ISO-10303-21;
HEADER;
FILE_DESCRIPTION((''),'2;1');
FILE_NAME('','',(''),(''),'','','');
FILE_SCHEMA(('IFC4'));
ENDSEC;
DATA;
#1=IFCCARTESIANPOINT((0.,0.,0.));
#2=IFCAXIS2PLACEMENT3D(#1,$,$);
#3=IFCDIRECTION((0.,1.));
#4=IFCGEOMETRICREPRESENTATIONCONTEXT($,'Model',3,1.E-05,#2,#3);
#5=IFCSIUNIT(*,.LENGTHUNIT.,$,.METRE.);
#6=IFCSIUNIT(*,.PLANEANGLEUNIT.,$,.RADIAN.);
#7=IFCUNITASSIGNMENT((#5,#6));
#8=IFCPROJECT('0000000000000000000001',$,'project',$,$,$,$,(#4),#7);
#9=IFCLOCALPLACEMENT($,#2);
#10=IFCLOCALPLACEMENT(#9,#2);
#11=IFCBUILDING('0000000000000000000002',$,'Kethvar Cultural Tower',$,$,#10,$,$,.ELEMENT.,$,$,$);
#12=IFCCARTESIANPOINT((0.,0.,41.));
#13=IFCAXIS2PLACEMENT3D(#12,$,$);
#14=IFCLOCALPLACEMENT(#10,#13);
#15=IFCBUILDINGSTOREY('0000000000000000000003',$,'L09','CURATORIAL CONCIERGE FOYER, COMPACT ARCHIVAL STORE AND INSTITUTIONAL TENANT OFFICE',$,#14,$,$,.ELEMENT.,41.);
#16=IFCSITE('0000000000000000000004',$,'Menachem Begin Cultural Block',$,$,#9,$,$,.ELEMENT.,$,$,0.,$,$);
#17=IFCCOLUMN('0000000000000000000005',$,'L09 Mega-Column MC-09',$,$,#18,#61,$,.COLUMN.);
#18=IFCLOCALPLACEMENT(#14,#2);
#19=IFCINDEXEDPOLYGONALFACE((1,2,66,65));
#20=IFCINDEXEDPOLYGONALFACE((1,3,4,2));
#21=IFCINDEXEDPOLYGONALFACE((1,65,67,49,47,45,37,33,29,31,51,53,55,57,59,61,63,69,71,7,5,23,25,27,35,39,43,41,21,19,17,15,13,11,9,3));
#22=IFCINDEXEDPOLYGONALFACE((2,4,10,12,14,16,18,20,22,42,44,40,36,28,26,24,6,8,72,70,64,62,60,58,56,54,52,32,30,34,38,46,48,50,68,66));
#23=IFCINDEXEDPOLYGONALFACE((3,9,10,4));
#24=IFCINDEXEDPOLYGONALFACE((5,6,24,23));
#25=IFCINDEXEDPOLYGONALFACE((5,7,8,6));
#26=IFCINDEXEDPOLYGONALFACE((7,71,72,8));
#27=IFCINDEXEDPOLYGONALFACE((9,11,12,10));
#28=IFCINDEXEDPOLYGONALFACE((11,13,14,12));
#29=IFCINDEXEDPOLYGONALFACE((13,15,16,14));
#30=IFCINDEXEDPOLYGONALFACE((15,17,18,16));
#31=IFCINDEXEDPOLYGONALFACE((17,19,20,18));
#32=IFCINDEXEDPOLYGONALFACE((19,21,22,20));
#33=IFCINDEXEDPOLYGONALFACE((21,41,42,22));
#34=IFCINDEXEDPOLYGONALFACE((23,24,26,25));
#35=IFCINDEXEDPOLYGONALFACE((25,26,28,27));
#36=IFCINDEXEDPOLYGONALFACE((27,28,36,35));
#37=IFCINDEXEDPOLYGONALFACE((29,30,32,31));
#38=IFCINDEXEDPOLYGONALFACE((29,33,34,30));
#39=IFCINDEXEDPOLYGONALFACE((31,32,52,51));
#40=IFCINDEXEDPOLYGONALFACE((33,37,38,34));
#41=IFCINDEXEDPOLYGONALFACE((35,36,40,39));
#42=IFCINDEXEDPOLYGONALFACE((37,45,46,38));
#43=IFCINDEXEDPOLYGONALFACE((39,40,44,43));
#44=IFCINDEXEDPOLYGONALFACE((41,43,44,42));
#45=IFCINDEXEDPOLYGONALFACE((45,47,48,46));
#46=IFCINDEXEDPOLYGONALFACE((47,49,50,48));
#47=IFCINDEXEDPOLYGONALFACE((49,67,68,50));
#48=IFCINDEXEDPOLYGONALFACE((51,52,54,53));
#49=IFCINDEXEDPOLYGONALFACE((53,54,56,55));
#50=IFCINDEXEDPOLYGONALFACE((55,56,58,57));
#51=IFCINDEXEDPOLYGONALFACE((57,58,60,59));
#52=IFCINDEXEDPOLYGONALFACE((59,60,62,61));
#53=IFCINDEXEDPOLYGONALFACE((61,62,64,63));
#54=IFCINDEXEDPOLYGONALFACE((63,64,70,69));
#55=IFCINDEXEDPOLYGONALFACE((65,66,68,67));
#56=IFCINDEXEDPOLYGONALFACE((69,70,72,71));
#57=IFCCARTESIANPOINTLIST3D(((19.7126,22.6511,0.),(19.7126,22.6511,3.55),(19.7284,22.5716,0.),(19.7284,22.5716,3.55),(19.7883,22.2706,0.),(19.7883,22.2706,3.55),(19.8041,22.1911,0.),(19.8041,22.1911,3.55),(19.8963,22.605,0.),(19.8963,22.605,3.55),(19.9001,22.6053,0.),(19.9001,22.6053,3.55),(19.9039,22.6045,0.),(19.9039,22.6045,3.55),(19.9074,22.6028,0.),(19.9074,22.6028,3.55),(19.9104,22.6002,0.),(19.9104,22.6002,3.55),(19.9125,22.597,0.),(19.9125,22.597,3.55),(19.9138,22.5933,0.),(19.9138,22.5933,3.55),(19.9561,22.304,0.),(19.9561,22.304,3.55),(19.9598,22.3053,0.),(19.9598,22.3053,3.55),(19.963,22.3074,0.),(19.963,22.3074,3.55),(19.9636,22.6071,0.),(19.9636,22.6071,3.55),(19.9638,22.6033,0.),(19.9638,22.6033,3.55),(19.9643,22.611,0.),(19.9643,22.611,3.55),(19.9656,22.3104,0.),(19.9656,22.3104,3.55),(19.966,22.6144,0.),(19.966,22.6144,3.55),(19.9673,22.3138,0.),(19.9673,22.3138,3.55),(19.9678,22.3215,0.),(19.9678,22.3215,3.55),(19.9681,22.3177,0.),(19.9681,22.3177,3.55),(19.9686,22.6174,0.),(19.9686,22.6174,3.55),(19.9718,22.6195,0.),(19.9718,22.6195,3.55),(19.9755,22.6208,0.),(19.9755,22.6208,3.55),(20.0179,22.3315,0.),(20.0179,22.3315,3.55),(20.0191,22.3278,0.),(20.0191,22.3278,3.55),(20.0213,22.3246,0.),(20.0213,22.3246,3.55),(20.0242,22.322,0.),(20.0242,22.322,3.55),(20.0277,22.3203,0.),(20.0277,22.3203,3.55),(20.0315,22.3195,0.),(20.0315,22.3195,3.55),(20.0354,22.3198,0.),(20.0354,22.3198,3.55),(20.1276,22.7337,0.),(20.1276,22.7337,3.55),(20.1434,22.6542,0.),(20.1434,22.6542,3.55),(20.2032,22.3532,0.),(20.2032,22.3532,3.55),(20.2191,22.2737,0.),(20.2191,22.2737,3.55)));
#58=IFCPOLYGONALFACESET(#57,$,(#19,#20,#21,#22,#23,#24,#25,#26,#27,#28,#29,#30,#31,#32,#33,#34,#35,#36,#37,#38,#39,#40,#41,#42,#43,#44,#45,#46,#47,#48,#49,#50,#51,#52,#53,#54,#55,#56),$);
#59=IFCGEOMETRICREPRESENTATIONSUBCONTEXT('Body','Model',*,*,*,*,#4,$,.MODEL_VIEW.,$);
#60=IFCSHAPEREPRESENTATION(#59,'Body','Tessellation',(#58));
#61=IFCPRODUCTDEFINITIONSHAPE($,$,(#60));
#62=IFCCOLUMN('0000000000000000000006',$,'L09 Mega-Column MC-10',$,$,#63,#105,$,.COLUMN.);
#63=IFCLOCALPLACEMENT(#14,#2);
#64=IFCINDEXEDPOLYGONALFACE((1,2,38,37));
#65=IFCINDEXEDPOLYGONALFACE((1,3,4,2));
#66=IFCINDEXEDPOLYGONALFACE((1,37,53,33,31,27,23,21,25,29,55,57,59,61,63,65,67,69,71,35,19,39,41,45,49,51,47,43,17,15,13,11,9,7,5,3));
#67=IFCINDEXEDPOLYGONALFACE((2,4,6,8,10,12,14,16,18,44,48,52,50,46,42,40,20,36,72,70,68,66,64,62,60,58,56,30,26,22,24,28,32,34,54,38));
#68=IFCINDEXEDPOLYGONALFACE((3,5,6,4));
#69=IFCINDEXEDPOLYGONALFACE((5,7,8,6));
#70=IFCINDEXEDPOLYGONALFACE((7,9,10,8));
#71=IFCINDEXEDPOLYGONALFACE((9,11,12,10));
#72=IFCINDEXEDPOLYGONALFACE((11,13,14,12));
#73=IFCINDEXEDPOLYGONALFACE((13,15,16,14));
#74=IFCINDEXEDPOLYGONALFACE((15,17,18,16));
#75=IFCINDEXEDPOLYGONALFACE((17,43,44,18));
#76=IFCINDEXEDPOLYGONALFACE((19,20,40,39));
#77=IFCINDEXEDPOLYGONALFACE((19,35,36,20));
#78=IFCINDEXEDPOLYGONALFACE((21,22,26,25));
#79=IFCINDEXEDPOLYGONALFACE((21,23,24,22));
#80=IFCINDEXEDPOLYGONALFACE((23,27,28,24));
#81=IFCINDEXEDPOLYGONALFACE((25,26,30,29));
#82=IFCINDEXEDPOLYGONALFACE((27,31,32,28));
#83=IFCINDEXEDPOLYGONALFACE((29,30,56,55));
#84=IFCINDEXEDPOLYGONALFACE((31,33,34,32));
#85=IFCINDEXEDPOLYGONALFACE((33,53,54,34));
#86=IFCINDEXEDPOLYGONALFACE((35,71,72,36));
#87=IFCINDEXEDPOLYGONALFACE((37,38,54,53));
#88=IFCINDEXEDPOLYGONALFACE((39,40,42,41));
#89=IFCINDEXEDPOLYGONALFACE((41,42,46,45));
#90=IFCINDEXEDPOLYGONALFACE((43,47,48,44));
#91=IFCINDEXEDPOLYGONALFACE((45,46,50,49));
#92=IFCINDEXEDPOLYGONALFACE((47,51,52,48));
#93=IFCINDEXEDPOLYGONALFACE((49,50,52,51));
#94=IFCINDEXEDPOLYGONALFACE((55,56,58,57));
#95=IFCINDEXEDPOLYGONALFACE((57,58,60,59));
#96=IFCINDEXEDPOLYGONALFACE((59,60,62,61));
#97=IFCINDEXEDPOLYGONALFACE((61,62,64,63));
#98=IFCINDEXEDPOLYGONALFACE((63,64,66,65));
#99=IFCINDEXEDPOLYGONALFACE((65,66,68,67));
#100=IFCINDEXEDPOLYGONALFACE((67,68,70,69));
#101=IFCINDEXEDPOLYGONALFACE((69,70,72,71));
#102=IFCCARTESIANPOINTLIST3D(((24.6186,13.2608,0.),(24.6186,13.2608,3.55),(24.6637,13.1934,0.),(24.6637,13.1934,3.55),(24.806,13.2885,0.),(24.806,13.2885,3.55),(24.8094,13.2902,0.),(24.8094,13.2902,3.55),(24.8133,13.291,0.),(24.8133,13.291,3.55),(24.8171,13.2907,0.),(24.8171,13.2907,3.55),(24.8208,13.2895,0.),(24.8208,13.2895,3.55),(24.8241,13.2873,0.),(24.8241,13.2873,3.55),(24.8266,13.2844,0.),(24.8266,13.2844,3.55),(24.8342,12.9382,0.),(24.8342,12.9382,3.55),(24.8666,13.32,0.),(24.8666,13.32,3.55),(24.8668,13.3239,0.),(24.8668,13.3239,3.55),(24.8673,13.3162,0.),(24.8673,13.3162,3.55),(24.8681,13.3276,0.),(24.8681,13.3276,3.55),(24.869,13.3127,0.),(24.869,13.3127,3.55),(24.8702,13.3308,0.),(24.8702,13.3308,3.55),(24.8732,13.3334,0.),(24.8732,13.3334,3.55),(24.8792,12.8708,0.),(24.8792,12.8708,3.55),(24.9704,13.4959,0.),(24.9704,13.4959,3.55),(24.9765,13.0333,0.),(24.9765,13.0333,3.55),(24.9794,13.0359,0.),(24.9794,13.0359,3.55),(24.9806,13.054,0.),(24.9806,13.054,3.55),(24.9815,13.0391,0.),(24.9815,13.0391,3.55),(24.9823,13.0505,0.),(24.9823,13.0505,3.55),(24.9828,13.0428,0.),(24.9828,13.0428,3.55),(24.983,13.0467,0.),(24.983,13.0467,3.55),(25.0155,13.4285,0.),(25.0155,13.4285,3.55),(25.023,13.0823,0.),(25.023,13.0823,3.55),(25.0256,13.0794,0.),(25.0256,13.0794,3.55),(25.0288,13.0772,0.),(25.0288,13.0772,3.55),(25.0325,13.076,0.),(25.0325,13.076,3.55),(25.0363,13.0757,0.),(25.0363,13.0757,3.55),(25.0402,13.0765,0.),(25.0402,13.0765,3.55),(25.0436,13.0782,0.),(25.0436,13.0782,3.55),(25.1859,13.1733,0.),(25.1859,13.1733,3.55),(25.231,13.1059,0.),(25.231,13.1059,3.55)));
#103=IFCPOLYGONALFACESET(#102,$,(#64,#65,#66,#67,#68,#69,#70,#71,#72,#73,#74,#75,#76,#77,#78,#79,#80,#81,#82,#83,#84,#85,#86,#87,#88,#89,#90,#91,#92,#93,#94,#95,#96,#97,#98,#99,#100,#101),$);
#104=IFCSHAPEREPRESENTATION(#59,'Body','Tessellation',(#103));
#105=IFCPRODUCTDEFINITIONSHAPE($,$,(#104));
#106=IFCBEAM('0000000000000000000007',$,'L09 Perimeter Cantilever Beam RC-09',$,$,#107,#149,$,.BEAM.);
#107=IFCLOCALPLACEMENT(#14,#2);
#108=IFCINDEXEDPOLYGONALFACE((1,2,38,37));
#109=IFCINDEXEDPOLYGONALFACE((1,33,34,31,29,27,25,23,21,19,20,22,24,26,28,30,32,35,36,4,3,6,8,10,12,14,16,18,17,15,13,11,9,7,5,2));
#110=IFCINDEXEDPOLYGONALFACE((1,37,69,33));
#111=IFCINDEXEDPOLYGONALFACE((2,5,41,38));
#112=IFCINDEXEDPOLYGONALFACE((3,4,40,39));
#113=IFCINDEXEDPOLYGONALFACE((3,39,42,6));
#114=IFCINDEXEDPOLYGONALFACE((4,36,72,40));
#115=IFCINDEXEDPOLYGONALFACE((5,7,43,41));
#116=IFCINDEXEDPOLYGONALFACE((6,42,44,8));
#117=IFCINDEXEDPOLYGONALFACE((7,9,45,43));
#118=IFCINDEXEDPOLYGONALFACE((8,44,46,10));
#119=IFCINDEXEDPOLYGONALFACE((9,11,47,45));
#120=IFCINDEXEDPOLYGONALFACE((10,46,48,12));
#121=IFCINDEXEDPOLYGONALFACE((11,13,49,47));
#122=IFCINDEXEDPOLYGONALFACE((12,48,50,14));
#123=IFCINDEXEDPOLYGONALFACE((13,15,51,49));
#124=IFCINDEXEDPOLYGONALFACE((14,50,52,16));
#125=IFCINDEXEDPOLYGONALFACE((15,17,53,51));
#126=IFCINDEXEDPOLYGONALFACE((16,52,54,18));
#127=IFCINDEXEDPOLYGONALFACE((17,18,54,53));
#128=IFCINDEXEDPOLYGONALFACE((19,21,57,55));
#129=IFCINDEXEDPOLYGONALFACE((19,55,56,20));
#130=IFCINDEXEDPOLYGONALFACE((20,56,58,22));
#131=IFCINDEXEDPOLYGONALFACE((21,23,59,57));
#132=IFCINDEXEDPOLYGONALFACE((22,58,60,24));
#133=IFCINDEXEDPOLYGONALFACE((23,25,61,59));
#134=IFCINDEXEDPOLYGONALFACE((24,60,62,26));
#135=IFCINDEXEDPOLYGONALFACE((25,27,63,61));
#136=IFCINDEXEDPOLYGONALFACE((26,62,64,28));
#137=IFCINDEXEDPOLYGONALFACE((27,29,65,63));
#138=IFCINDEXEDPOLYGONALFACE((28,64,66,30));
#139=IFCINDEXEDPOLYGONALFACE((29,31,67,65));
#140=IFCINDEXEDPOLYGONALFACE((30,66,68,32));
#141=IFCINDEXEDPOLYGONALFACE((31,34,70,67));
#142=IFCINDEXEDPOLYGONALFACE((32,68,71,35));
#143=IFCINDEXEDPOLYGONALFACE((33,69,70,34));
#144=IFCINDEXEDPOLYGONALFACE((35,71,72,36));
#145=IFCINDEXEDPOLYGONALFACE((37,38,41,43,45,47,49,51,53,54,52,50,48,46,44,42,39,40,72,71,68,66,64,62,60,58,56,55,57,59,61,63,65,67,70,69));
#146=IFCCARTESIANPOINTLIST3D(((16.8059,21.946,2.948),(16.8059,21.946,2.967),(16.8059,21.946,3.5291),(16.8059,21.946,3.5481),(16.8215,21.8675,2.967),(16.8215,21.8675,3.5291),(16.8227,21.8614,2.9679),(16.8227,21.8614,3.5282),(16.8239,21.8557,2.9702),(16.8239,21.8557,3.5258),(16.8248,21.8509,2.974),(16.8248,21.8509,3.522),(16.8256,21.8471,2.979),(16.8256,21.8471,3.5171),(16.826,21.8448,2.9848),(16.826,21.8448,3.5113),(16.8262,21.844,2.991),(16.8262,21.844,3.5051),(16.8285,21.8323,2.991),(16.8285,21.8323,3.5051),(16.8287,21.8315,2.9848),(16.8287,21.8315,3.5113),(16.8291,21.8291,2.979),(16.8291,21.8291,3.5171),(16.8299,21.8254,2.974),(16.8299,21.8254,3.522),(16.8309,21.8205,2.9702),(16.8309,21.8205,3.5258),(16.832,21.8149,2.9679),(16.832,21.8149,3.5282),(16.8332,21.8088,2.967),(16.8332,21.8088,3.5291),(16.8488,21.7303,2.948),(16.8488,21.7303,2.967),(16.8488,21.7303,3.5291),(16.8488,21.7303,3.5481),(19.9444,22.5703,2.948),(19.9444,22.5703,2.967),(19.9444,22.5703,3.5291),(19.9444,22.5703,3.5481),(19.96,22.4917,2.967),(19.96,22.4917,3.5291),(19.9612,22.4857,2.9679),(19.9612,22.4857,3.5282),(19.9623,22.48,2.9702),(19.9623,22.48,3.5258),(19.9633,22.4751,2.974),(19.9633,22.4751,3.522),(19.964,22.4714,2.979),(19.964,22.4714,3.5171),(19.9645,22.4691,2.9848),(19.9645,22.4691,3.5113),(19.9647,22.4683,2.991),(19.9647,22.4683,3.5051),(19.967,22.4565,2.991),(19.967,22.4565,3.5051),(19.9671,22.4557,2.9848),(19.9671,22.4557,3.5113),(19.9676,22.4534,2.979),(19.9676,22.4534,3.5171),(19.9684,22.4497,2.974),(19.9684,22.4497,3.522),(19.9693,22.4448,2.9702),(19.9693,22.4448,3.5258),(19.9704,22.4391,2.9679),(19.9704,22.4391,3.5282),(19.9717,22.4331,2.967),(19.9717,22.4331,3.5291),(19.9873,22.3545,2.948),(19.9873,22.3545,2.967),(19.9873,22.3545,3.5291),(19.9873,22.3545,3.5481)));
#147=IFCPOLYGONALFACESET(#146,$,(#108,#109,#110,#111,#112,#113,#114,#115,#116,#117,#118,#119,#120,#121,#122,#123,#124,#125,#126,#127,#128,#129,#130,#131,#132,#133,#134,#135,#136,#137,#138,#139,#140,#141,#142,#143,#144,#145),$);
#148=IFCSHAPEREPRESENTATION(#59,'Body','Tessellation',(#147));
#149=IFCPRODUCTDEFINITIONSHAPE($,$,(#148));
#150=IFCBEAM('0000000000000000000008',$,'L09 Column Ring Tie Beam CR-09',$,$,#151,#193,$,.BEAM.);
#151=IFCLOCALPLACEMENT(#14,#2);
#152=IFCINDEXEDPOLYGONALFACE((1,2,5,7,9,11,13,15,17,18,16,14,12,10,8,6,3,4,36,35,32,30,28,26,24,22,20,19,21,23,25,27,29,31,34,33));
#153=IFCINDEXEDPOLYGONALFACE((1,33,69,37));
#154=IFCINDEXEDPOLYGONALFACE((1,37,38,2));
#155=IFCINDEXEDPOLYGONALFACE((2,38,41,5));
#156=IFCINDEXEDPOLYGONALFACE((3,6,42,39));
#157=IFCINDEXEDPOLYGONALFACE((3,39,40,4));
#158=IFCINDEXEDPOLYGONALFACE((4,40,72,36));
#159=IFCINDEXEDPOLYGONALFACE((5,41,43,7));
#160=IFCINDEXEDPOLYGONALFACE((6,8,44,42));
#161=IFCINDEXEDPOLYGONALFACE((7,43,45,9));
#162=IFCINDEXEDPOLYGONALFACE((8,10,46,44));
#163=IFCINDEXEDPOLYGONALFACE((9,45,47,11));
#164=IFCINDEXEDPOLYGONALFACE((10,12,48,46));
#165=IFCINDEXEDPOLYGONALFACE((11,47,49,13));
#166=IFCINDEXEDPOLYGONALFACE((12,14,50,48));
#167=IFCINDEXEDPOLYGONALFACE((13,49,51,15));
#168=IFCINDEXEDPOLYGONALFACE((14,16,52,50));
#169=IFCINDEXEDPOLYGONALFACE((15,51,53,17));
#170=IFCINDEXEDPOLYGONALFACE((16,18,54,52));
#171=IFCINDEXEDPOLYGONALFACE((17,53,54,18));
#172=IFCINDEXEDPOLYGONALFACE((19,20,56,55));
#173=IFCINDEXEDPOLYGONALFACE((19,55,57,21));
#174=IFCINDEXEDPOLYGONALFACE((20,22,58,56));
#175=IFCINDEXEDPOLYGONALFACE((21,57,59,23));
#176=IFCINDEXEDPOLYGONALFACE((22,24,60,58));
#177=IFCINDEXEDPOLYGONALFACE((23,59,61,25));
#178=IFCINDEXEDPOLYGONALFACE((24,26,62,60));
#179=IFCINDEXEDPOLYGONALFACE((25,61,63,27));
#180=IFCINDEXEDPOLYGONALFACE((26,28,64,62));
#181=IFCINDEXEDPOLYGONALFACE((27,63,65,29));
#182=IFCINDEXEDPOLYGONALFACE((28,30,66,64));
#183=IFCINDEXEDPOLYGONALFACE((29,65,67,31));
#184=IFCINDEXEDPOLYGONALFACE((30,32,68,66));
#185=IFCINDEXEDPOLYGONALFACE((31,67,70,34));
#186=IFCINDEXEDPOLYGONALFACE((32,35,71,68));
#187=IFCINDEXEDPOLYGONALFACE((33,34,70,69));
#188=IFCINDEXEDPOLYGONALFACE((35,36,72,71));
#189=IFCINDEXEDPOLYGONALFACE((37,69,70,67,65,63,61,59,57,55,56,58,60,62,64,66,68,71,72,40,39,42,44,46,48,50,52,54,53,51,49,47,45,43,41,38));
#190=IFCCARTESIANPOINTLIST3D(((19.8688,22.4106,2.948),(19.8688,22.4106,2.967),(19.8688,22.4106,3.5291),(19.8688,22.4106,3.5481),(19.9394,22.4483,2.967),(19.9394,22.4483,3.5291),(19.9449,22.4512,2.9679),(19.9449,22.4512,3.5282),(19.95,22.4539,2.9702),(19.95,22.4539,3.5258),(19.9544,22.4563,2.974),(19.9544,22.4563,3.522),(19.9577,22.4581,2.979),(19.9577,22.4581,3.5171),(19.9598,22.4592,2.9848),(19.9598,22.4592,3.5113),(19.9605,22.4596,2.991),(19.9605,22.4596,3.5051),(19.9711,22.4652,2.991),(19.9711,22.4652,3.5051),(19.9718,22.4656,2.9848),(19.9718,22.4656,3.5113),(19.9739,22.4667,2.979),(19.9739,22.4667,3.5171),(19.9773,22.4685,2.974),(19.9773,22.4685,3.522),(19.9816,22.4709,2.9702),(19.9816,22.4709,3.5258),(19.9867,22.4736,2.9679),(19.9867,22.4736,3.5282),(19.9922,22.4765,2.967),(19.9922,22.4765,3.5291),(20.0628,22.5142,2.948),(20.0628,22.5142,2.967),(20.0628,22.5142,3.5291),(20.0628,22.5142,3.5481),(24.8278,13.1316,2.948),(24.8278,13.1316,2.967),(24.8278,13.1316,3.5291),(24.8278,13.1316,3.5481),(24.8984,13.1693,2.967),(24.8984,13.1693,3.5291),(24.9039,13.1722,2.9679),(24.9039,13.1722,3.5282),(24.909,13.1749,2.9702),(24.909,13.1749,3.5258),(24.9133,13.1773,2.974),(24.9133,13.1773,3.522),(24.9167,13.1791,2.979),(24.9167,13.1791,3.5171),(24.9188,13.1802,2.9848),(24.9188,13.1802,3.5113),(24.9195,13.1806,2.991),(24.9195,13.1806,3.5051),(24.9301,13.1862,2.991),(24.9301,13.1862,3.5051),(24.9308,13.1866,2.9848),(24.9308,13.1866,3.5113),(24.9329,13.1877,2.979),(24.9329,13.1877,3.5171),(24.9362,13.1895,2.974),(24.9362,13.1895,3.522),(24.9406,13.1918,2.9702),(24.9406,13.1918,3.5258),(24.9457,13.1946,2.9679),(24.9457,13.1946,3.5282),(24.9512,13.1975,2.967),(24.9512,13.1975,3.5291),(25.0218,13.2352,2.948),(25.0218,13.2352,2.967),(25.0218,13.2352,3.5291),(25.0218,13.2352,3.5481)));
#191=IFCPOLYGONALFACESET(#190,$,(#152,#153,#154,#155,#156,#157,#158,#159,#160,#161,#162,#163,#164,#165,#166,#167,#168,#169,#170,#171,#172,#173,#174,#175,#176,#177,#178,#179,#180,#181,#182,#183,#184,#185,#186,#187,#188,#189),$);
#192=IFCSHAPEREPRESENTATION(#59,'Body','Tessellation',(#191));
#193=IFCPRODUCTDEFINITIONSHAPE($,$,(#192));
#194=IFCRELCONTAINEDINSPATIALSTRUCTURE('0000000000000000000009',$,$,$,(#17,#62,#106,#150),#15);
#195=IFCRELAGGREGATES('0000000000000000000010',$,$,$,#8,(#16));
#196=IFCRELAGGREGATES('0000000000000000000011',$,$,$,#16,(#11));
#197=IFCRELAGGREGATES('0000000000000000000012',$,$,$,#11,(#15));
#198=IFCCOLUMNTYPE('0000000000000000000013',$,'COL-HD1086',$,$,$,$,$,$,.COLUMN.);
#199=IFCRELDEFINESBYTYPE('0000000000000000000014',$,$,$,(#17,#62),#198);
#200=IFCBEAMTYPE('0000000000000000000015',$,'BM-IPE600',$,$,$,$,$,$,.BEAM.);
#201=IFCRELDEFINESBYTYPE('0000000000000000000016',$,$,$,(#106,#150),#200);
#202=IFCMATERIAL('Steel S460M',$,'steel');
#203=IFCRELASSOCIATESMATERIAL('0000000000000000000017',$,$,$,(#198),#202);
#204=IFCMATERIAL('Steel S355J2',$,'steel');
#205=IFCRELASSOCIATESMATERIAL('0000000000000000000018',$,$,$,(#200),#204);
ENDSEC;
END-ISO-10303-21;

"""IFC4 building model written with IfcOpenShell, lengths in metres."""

from ifc_helpers import new_model, si_unit, direction, frame, origin, origin_2d, place, context, subcontext, project, spatial, i_section, extrude, source, transform, mapped, material, material_profile, profile_set, type_object, element, save


model = new_model("IFC4")

# Units and contexts
model_context = context("Model", 3, precision=1e-05, world=origin(), true_north=direction((0.0, 1.0)))
body_context = subcontext(model_context, "Body", "Model", "MODEL_VIEW")
ifc_project = project(units=[si_unit("LENGTHUNIT", "METRE"), si_unit("PLANEANGLEUNIT", "RADIAN")], contexts=[model_context])

# Site, building, storey
site_placement = place(None, origin())
site = spatial("IfcSite", under=ifc_project, at=site_placement, Name="Menachem Begin Cultural Block", CompositionType="ELEMENT", RefElevation=0.0)
building_placement = place(site_placement, origin())
building = spatial("IfcBuilding", under=site, at=building_placement, Name="Kethvar Cultural Tower", CompositionType="ELEMENT")
storey_placement = place(building_placement, frame((0.0, 0.0, 41.0)))
storey = spatial("IfcBuildingStorey", under=building, at=storey_placement, Name="L09", Description="CURATORIAL CONCIERGE FOYER, COMPACT ARCHIVAL STORE AND INSTITUTIONAL TENANT OFFICE", CompositionType="ELEMENT", Elevation=41.0)

# Columns
ifc_material_1 = material(Name="Steel S460M", Category="steel")
ifc_material_profile_1 = material_profile(ifc_material_1, i_section(OverallWidth=0.4231, OverallDepth=0.469, WebThickness=0.051, FlangeThickness=0.0811, FilletRadius=0.0149, at=origin_2d()), Name="Steel S460M — HD400x1086")
ifc_profile_set_1 = profile_set([ifc_material_profile_1], Name="Steel S460M — HD400x1086")
column_type = type_object("IfcColumnType", Name="COL-HD1086", PredefinedType="COLUMN", material=ifc_profile_set_1)
shared_shape_1 = source(origin(), body_context, "Body", "SweptSolid", [
    extrude(i_section(OverallWidth=0.4231, OverallDepth=0.469, WebThickness=0.051, FlangeThickness=0.0811, FilletRadius=0.0149, at=origin_2d()), origin(), (0.0, 0.0, 1.0), 3.55),
])
for number, where, z_axis, x_axis, name in (
    (1, (19.9658, 22.4624, 0.0), (0.0, 0.0, 1.0), (-0.980785, -0.19509, 0.0), "L09 Mega-Column MC-09"),
    (2, (24.9248, 13.1833, 0.0), (0.0, 0.0, 1.0), (-0.83147, -0.55557, 0.0), "L09 Mega-Column MC-10"),
):
    element("IfcColumn", number, at=place(storey_placement, frame(where, z_axis=z_axis, x_axis=x_axis)), inside=storey, type_object=column_type, Name=name, PredefinedType="COLUMN", context=body_context, shape_type="MappedRepresentation", body=[
        mapped(shared_shape_1, transform((0.0, 0.0, 0.0), scale=1.0)),
    ])

# Beams
ifc_material_2 = material(Name="Steel S355J2", Category="steel")
ifc_material_profile_2 = material_profile(ifc_material_2, i_section(OverallWidth=0.22, OverallDepth=0.6001, WebThickness=0.012, FlangeThickness=0.019, FilletRadius=0.0239, at=origin_2d()), Name="Steel S355J2 — IPE600")
ifc_profile_set_2 = profile_set([ifc_material_profile_2], Name="Steel S355J2 — IPE600")
beam_type_1 = type_object("IfcBeamType", Name="BM-IPE600", PredefinedType="BEAM", material=ifc_profile_set_2)
shared_shape_2 = source(origin(), body_context, "Body", "SweptSolid", [
    extrude(i_section(OverallWidth=0.22, OverallDepth=0.6001, WebThickness=0.012, FlangeThickness=0.019, FilletRadius=0.0239, at=origin_2d()), origin(), (0.0, 0.0, 1.0), 3.2),
])
beam_1_placement = place(storey_placement, frame((19.9658, 22.4624, 3.248), z_axis=(-0.980786, -0.195089, 0.0), x_axis=(0.195089, -0.980786, 0.0)))
element("IfcBeam", 3, at=beam_1_placement, inside=storey, type_object=beam_type_1, Name="L09 Perimeter Cantilever Beam RC-09", PredefinedType="BEAM", context=body_context, shape_type="MappedRepresentation", body=[
    mapped(shared_shape_2, transform((0.0, 0.0, 0.0), scale=1.0)),
])
shared_shape_3 = source(origin(), body_context, "Body", "SweptSolid", [
    extrude(i_section(OverallWidth=0.22, OverallDepth=0.6001, WebThickness=0.012, FlangeThickness=0.019, FilletRadius=0.0239, at=origin_2d()), origin(), (0.0, 0.0, 1.0), 10.521),
])
beam_2_placement = place(storey_placement, frame((19.9658, 22.4624, 3.248), z_axis=(0.47134, -0.881952, 0.0), x_axis=(0.881952, 0.47134, 0.0)))
element("IfcBeam", 4, at=beam_2_placement, inside=storey, type_object=beam_type_1, Name="L09 Column Ring Tie Beam CR-09", PredefinedType="BEAM", context=body_context, shape_type="MappedRepresentation", body=[
    mapped(shared_shape_3, transform((0.0, 0.0, 0.0), scale=1.0)),
])

save(model, "model.ifc")
